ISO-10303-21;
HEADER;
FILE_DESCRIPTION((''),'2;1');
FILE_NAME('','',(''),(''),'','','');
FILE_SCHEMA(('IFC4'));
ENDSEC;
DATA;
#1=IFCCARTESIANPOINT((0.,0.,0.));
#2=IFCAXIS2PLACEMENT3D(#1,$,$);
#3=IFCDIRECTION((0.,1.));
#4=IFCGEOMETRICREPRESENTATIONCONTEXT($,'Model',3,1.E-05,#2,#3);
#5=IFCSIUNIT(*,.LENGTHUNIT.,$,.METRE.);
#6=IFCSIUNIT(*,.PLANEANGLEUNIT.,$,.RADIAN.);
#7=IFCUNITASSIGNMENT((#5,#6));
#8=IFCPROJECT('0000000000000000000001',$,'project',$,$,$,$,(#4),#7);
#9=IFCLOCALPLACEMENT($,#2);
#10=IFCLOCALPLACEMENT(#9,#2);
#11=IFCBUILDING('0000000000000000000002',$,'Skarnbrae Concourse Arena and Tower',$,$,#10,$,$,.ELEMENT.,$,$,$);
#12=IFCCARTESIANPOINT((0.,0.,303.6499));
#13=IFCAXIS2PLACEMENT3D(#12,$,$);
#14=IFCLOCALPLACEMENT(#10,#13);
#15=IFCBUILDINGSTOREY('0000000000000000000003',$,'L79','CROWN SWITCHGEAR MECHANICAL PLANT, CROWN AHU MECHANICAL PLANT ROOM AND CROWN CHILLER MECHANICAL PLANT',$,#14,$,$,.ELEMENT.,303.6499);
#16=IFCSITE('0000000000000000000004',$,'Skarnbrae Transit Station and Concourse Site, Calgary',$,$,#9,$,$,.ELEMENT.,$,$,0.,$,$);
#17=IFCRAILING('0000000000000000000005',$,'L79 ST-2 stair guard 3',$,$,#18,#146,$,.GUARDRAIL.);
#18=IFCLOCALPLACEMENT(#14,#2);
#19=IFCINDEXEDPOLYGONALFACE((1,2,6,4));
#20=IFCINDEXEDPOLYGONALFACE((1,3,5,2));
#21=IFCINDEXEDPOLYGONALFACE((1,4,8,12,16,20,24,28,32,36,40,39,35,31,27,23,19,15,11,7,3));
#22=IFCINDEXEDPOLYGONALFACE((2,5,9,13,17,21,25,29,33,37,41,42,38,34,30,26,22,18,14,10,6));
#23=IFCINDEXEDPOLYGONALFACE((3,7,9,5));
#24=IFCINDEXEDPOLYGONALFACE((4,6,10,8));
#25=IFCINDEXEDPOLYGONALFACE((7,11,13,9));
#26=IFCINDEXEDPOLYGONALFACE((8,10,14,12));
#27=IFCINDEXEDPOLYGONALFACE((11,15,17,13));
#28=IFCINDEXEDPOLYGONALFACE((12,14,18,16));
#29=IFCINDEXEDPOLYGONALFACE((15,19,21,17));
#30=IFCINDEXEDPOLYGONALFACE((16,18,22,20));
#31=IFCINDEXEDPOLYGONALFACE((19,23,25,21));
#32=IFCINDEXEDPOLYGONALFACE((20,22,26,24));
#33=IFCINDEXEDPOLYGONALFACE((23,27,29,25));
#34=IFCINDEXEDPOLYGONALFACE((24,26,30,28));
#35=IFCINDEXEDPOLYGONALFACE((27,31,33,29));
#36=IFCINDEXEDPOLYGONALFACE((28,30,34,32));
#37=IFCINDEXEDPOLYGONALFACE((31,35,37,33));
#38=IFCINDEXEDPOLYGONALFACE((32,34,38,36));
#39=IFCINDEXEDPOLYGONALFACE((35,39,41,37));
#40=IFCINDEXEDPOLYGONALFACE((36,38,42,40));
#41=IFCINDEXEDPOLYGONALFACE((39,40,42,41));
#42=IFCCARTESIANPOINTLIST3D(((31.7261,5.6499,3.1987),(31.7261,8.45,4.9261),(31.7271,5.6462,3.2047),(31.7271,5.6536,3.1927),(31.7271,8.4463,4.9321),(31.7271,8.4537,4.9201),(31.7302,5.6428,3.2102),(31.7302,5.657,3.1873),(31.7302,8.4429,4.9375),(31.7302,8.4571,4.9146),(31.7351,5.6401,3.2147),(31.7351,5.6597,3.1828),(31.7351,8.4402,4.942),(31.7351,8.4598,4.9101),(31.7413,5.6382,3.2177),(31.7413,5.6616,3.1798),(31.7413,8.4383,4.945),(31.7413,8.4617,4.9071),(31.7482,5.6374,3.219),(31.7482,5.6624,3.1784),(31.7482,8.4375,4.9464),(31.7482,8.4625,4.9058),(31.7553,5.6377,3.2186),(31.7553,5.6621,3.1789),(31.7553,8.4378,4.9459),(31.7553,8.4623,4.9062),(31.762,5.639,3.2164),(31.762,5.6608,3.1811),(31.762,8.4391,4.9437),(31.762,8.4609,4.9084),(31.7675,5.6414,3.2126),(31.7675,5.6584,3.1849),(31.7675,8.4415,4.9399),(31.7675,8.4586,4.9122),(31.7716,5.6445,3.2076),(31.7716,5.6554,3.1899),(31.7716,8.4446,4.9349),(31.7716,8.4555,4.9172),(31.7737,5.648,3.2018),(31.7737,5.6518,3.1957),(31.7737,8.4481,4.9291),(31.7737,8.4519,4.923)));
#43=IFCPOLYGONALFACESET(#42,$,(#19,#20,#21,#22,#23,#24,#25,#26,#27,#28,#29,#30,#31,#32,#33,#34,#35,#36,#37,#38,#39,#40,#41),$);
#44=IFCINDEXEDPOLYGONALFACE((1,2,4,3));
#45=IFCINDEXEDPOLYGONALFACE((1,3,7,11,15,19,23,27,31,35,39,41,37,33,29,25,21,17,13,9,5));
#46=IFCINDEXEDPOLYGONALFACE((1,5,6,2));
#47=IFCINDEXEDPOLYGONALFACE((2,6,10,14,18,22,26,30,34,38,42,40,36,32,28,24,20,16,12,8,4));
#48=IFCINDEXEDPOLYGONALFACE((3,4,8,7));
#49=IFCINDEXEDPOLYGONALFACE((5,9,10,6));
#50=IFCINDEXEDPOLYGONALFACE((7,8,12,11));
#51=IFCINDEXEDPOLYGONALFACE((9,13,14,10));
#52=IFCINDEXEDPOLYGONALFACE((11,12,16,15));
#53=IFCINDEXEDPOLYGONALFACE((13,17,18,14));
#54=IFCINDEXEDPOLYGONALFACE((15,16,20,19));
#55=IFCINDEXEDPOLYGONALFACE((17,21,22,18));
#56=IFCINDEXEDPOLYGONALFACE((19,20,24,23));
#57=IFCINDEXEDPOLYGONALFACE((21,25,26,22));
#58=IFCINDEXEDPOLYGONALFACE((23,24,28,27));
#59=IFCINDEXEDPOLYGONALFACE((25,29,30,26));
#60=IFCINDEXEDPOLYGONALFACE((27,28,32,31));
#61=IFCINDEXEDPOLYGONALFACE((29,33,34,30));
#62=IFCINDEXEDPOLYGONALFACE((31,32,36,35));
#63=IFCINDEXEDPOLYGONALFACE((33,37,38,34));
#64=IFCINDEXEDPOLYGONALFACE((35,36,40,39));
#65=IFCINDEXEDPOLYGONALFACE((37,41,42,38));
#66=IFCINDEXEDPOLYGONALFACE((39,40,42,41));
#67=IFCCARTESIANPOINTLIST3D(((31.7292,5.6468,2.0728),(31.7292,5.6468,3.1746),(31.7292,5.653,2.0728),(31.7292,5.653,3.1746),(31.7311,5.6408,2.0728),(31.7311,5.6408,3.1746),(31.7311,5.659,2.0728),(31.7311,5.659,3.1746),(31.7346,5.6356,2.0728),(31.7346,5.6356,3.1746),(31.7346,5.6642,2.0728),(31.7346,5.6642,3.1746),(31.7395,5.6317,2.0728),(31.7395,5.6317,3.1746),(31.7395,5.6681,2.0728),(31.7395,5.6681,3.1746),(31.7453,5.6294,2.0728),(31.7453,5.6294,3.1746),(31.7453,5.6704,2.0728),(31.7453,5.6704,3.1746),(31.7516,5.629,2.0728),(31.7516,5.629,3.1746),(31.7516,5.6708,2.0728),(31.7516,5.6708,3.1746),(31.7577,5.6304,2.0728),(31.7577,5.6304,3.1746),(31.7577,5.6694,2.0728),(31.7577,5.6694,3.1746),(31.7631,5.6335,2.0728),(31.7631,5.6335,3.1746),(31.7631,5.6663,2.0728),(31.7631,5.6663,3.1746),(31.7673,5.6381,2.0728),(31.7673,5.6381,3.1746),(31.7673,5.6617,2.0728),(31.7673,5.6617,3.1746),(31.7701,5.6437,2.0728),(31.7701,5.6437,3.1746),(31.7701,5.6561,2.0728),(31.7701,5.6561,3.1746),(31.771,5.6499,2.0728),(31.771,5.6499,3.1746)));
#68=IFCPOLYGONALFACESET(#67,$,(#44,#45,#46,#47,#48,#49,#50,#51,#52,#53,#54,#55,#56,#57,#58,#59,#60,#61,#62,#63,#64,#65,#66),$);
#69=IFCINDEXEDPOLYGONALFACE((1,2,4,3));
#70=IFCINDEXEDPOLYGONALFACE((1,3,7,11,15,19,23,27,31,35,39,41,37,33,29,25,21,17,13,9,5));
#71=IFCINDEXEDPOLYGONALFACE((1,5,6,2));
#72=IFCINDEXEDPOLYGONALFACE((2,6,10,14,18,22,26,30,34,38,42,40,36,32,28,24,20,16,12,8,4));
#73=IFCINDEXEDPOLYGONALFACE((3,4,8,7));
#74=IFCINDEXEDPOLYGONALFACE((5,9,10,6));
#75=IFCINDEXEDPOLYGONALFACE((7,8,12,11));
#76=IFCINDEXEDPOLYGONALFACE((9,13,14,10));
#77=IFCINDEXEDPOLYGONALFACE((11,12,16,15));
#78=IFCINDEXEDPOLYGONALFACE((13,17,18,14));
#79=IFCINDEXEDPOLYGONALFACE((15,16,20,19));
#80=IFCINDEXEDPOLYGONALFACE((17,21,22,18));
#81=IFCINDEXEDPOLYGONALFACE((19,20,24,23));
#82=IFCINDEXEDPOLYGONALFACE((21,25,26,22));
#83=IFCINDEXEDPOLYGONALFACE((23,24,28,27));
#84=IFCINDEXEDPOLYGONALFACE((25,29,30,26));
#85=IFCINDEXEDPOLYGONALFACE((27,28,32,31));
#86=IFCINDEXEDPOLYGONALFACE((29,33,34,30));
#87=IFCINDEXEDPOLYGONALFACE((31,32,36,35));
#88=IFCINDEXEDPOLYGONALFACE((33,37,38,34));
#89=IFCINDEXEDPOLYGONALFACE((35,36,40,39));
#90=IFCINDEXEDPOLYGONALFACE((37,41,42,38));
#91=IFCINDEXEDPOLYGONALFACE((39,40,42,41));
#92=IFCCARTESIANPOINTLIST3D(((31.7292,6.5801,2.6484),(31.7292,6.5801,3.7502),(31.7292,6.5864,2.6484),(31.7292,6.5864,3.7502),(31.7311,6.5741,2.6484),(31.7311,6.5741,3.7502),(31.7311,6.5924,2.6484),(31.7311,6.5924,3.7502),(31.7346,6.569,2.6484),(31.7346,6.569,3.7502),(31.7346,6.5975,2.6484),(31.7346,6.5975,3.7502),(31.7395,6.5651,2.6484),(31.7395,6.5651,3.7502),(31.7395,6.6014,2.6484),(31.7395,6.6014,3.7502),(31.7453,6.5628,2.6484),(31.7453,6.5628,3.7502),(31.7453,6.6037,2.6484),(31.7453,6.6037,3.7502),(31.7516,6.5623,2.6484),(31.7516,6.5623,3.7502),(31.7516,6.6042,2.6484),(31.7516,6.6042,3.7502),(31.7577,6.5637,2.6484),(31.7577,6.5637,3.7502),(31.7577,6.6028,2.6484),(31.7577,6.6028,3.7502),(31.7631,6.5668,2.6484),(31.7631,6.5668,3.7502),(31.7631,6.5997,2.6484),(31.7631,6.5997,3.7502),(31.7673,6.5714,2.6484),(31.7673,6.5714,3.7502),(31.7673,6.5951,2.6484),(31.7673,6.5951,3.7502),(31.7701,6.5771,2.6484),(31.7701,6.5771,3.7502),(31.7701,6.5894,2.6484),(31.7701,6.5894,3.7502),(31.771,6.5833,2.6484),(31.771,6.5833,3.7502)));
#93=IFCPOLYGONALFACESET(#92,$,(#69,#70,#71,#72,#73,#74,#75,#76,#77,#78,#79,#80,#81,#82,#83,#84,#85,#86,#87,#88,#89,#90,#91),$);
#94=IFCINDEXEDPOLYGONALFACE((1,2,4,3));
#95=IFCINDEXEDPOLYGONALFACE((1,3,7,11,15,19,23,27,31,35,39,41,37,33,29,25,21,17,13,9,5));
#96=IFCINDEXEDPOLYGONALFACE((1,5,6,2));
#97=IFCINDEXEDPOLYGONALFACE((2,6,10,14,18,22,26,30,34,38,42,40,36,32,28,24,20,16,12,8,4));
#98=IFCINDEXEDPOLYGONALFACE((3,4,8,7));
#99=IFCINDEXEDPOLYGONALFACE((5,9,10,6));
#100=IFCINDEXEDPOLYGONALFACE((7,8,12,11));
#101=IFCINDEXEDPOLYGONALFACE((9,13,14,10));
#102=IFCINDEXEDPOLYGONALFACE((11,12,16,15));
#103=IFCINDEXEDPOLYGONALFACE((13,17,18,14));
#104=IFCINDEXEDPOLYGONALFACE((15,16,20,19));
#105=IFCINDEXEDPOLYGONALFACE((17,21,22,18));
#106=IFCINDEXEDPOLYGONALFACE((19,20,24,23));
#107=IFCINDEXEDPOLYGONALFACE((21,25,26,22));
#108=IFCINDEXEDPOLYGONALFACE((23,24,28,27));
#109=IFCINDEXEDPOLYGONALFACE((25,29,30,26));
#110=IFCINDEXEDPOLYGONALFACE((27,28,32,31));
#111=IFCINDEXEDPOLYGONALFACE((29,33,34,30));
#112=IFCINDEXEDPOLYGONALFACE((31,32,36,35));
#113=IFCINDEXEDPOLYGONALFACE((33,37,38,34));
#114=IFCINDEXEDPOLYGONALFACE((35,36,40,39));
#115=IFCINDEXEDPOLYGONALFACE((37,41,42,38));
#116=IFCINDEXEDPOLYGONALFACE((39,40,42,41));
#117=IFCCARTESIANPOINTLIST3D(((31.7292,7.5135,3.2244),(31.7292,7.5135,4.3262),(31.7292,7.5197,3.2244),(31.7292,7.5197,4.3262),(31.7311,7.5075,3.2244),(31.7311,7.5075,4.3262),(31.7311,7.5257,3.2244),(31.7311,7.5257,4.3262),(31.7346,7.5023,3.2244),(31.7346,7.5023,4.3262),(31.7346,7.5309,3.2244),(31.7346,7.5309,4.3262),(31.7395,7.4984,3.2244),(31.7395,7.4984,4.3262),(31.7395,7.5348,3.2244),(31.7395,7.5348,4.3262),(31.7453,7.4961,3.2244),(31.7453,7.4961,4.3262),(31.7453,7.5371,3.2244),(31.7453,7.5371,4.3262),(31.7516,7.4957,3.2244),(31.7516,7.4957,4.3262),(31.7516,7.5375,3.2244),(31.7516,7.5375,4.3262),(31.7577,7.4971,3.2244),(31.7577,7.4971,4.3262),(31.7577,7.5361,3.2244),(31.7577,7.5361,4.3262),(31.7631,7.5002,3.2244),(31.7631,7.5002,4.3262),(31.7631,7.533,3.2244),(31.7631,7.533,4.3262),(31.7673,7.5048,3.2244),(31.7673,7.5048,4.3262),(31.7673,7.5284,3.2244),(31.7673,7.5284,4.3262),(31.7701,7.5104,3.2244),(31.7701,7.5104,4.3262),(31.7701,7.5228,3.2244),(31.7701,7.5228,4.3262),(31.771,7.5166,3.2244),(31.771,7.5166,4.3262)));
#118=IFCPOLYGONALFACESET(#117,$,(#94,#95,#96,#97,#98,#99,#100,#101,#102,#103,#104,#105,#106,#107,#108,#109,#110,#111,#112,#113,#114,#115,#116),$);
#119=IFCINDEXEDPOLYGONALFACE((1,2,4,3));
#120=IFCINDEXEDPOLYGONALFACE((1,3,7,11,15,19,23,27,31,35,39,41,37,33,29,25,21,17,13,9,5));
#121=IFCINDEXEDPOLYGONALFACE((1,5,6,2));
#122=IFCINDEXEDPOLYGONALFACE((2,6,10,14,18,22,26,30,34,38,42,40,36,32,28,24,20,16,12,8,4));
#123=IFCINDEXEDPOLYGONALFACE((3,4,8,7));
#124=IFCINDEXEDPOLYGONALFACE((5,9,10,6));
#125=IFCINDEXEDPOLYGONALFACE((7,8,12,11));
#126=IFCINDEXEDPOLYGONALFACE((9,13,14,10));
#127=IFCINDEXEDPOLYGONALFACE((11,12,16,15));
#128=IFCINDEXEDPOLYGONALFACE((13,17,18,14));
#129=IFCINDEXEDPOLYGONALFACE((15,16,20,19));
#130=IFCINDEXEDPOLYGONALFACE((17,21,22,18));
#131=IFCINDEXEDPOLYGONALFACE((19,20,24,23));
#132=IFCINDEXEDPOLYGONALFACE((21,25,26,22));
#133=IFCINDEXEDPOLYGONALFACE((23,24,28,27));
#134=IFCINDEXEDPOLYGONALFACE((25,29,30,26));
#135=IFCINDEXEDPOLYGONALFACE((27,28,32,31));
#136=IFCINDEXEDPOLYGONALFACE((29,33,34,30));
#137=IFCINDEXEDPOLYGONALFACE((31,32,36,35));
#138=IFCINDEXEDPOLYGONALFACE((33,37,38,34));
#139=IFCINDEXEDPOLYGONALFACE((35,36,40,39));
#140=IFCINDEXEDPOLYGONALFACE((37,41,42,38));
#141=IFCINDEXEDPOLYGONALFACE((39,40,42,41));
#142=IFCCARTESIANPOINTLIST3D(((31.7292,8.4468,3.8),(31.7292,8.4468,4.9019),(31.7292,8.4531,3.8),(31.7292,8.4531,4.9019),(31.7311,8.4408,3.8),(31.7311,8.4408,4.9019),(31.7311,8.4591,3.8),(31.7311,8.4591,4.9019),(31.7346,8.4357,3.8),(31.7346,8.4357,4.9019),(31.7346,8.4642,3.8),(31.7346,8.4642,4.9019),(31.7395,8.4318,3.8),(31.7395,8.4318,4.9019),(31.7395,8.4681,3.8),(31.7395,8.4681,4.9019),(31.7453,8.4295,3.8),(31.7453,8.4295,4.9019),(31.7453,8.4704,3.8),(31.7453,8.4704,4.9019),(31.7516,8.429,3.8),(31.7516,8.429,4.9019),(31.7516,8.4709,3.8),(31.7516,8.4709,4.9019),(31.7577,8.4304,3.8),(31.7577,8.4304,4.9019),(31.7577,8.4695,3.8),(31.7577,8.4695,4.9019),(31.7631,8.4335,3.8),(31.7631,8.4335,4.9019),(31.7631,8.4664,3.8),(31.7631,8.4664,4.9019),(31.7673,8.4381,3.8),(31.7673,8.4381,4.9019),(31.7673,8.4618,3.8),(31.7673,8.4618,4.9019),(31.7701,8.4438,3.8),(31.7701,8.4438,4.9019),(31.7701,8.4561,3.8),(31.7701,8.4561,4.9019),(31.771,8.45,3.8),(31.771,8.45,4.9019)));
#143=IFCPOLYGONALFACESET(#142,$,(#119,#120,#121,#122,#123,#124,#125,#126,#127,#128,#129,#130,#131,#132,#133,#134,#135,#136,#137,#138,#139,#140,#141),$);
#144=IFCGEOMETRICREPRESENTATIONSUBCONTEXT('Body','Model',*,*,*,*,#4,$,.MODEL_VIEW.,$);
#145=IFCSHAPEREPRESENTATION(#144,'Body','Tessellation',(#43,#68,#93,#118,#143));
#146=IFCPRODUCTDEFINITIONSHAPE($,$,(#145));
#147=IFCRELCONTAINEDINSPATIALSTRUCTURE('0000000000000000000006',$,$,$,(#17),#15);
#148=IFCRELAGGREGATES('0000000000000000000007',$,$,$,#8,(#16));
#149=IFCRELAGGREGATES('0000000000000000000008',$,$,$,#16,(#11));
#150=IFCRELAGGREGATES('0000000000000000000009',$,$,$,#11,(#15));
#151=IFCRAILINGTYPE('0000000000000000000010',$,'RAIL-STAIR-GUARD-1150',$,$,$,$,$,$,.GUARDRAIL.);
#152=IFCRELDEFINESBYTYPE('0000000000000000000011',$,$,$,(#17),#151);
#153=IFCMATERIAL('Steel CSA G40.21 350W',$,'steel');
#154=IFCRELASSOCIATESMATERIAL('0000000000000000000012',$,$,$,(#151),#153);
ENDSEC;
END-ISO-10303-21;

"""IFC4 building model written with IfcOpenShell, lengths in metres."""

from ifc_helpers import new_model, si_unit, direction, frame, origin, origin_2d, place, context, subcontext, project, spatial, circle, extrude, material, type_object, element, save


model = new_model("IFC4")

# Units and contexts
model_context = context("Model", 3, precision=1e-05, world=origin(), true_north=direction((0.0, 1.0)))
body_context = subcontext(model_context, "Body", "Model", "MODEL_VIEW")
ifc_project = project(units=[si_unit("LENGTHUNIT", "METRE"), si_unit("PLANEANGLEUNIT", "RADIAN")], contexts=[model_context])

# Site, building, storey
site_placement = place(None, origin())
site = spatial("IfcSite", under=ifc_project, at=site_placement, Name="Skarnbrae Transit Station and Concourse Site, Calgary", CompositionType="ELEMENT", RefElevation=0.0)
building_placement = place(site_placement, origin())
building = spatial("IfcBuilding", under=site, at=building_placement, Name="Skarnbrae Concourse Arena and Tower", CompositionType="ELEMENT")
storey_placement = place(building_placement, frame((0.0, 0.0, 303.6499)))
storey = spatial("IfcBuildingStorey", under=building, at=storey_placement, Name="L79", Description="CROWN SWITCHGEAR MECHANICAL PLANT, CROWN AHU MECHANICAL PLANT ROOM AND CROWN CHILLER MECHANICAL PLANT", CompositionType="ELEMENT", Elevation=303.6499)

# Shared definitions
ifc_material_1 = material(Name="Steel CSA G40.21 350W", Category="steel")

# Railing
railing_type_1 = type_object("IfcRailingType", Name="RAIL-STAIR-GUARD-1150", PredefinedType="GUARDRAIL", material=ifc_material_1)
railing_1_placement = place(storey_placement, frame((31.75, 5.6499, 2.0728)))
element("IfcRailing", 1, at=railing_1_placement, inside=storey, type_object=railing_type_1, Name="L79 ST-2 stair guard 3", PredefinedType="GUARDRAIL", context=body_context, shape_type="SweptSolid", body=[
    extrude(circle(Radius=0.0239, at=origin_2d()), frame((0.0, 0.0, 1.126), z_axis=(0.0, 0.85109, 0.52502), x_axis=(-1.0, 0.0, 0.0)), (0.0, 0.0, 1.0), 3.29),
    extrude(circle(Radius=0.021, at=origin_2d()), origin(), (0.0, 0.0, 1.0), 1.1018),
    extrude(circle(Radius=0.021, at=origin_2d()), frame((0.0, 0.9333, 0.5757)), (0.0, 0.0, 1.0), 1.1018),
    extrude(circle(Radius=0.021, at=origin_2d()), frame((0.0, 1.8667, 1.1516)), (0.0, 0.0, 1.0), 1.1018),
    extrude(circle(Radius=0.021, at=origin_2d()), frame((0.0, 2.8, 1.7273)), (0.0, 0.0, 1.0), 1.1018),
])

save(model, "model.ifc")
